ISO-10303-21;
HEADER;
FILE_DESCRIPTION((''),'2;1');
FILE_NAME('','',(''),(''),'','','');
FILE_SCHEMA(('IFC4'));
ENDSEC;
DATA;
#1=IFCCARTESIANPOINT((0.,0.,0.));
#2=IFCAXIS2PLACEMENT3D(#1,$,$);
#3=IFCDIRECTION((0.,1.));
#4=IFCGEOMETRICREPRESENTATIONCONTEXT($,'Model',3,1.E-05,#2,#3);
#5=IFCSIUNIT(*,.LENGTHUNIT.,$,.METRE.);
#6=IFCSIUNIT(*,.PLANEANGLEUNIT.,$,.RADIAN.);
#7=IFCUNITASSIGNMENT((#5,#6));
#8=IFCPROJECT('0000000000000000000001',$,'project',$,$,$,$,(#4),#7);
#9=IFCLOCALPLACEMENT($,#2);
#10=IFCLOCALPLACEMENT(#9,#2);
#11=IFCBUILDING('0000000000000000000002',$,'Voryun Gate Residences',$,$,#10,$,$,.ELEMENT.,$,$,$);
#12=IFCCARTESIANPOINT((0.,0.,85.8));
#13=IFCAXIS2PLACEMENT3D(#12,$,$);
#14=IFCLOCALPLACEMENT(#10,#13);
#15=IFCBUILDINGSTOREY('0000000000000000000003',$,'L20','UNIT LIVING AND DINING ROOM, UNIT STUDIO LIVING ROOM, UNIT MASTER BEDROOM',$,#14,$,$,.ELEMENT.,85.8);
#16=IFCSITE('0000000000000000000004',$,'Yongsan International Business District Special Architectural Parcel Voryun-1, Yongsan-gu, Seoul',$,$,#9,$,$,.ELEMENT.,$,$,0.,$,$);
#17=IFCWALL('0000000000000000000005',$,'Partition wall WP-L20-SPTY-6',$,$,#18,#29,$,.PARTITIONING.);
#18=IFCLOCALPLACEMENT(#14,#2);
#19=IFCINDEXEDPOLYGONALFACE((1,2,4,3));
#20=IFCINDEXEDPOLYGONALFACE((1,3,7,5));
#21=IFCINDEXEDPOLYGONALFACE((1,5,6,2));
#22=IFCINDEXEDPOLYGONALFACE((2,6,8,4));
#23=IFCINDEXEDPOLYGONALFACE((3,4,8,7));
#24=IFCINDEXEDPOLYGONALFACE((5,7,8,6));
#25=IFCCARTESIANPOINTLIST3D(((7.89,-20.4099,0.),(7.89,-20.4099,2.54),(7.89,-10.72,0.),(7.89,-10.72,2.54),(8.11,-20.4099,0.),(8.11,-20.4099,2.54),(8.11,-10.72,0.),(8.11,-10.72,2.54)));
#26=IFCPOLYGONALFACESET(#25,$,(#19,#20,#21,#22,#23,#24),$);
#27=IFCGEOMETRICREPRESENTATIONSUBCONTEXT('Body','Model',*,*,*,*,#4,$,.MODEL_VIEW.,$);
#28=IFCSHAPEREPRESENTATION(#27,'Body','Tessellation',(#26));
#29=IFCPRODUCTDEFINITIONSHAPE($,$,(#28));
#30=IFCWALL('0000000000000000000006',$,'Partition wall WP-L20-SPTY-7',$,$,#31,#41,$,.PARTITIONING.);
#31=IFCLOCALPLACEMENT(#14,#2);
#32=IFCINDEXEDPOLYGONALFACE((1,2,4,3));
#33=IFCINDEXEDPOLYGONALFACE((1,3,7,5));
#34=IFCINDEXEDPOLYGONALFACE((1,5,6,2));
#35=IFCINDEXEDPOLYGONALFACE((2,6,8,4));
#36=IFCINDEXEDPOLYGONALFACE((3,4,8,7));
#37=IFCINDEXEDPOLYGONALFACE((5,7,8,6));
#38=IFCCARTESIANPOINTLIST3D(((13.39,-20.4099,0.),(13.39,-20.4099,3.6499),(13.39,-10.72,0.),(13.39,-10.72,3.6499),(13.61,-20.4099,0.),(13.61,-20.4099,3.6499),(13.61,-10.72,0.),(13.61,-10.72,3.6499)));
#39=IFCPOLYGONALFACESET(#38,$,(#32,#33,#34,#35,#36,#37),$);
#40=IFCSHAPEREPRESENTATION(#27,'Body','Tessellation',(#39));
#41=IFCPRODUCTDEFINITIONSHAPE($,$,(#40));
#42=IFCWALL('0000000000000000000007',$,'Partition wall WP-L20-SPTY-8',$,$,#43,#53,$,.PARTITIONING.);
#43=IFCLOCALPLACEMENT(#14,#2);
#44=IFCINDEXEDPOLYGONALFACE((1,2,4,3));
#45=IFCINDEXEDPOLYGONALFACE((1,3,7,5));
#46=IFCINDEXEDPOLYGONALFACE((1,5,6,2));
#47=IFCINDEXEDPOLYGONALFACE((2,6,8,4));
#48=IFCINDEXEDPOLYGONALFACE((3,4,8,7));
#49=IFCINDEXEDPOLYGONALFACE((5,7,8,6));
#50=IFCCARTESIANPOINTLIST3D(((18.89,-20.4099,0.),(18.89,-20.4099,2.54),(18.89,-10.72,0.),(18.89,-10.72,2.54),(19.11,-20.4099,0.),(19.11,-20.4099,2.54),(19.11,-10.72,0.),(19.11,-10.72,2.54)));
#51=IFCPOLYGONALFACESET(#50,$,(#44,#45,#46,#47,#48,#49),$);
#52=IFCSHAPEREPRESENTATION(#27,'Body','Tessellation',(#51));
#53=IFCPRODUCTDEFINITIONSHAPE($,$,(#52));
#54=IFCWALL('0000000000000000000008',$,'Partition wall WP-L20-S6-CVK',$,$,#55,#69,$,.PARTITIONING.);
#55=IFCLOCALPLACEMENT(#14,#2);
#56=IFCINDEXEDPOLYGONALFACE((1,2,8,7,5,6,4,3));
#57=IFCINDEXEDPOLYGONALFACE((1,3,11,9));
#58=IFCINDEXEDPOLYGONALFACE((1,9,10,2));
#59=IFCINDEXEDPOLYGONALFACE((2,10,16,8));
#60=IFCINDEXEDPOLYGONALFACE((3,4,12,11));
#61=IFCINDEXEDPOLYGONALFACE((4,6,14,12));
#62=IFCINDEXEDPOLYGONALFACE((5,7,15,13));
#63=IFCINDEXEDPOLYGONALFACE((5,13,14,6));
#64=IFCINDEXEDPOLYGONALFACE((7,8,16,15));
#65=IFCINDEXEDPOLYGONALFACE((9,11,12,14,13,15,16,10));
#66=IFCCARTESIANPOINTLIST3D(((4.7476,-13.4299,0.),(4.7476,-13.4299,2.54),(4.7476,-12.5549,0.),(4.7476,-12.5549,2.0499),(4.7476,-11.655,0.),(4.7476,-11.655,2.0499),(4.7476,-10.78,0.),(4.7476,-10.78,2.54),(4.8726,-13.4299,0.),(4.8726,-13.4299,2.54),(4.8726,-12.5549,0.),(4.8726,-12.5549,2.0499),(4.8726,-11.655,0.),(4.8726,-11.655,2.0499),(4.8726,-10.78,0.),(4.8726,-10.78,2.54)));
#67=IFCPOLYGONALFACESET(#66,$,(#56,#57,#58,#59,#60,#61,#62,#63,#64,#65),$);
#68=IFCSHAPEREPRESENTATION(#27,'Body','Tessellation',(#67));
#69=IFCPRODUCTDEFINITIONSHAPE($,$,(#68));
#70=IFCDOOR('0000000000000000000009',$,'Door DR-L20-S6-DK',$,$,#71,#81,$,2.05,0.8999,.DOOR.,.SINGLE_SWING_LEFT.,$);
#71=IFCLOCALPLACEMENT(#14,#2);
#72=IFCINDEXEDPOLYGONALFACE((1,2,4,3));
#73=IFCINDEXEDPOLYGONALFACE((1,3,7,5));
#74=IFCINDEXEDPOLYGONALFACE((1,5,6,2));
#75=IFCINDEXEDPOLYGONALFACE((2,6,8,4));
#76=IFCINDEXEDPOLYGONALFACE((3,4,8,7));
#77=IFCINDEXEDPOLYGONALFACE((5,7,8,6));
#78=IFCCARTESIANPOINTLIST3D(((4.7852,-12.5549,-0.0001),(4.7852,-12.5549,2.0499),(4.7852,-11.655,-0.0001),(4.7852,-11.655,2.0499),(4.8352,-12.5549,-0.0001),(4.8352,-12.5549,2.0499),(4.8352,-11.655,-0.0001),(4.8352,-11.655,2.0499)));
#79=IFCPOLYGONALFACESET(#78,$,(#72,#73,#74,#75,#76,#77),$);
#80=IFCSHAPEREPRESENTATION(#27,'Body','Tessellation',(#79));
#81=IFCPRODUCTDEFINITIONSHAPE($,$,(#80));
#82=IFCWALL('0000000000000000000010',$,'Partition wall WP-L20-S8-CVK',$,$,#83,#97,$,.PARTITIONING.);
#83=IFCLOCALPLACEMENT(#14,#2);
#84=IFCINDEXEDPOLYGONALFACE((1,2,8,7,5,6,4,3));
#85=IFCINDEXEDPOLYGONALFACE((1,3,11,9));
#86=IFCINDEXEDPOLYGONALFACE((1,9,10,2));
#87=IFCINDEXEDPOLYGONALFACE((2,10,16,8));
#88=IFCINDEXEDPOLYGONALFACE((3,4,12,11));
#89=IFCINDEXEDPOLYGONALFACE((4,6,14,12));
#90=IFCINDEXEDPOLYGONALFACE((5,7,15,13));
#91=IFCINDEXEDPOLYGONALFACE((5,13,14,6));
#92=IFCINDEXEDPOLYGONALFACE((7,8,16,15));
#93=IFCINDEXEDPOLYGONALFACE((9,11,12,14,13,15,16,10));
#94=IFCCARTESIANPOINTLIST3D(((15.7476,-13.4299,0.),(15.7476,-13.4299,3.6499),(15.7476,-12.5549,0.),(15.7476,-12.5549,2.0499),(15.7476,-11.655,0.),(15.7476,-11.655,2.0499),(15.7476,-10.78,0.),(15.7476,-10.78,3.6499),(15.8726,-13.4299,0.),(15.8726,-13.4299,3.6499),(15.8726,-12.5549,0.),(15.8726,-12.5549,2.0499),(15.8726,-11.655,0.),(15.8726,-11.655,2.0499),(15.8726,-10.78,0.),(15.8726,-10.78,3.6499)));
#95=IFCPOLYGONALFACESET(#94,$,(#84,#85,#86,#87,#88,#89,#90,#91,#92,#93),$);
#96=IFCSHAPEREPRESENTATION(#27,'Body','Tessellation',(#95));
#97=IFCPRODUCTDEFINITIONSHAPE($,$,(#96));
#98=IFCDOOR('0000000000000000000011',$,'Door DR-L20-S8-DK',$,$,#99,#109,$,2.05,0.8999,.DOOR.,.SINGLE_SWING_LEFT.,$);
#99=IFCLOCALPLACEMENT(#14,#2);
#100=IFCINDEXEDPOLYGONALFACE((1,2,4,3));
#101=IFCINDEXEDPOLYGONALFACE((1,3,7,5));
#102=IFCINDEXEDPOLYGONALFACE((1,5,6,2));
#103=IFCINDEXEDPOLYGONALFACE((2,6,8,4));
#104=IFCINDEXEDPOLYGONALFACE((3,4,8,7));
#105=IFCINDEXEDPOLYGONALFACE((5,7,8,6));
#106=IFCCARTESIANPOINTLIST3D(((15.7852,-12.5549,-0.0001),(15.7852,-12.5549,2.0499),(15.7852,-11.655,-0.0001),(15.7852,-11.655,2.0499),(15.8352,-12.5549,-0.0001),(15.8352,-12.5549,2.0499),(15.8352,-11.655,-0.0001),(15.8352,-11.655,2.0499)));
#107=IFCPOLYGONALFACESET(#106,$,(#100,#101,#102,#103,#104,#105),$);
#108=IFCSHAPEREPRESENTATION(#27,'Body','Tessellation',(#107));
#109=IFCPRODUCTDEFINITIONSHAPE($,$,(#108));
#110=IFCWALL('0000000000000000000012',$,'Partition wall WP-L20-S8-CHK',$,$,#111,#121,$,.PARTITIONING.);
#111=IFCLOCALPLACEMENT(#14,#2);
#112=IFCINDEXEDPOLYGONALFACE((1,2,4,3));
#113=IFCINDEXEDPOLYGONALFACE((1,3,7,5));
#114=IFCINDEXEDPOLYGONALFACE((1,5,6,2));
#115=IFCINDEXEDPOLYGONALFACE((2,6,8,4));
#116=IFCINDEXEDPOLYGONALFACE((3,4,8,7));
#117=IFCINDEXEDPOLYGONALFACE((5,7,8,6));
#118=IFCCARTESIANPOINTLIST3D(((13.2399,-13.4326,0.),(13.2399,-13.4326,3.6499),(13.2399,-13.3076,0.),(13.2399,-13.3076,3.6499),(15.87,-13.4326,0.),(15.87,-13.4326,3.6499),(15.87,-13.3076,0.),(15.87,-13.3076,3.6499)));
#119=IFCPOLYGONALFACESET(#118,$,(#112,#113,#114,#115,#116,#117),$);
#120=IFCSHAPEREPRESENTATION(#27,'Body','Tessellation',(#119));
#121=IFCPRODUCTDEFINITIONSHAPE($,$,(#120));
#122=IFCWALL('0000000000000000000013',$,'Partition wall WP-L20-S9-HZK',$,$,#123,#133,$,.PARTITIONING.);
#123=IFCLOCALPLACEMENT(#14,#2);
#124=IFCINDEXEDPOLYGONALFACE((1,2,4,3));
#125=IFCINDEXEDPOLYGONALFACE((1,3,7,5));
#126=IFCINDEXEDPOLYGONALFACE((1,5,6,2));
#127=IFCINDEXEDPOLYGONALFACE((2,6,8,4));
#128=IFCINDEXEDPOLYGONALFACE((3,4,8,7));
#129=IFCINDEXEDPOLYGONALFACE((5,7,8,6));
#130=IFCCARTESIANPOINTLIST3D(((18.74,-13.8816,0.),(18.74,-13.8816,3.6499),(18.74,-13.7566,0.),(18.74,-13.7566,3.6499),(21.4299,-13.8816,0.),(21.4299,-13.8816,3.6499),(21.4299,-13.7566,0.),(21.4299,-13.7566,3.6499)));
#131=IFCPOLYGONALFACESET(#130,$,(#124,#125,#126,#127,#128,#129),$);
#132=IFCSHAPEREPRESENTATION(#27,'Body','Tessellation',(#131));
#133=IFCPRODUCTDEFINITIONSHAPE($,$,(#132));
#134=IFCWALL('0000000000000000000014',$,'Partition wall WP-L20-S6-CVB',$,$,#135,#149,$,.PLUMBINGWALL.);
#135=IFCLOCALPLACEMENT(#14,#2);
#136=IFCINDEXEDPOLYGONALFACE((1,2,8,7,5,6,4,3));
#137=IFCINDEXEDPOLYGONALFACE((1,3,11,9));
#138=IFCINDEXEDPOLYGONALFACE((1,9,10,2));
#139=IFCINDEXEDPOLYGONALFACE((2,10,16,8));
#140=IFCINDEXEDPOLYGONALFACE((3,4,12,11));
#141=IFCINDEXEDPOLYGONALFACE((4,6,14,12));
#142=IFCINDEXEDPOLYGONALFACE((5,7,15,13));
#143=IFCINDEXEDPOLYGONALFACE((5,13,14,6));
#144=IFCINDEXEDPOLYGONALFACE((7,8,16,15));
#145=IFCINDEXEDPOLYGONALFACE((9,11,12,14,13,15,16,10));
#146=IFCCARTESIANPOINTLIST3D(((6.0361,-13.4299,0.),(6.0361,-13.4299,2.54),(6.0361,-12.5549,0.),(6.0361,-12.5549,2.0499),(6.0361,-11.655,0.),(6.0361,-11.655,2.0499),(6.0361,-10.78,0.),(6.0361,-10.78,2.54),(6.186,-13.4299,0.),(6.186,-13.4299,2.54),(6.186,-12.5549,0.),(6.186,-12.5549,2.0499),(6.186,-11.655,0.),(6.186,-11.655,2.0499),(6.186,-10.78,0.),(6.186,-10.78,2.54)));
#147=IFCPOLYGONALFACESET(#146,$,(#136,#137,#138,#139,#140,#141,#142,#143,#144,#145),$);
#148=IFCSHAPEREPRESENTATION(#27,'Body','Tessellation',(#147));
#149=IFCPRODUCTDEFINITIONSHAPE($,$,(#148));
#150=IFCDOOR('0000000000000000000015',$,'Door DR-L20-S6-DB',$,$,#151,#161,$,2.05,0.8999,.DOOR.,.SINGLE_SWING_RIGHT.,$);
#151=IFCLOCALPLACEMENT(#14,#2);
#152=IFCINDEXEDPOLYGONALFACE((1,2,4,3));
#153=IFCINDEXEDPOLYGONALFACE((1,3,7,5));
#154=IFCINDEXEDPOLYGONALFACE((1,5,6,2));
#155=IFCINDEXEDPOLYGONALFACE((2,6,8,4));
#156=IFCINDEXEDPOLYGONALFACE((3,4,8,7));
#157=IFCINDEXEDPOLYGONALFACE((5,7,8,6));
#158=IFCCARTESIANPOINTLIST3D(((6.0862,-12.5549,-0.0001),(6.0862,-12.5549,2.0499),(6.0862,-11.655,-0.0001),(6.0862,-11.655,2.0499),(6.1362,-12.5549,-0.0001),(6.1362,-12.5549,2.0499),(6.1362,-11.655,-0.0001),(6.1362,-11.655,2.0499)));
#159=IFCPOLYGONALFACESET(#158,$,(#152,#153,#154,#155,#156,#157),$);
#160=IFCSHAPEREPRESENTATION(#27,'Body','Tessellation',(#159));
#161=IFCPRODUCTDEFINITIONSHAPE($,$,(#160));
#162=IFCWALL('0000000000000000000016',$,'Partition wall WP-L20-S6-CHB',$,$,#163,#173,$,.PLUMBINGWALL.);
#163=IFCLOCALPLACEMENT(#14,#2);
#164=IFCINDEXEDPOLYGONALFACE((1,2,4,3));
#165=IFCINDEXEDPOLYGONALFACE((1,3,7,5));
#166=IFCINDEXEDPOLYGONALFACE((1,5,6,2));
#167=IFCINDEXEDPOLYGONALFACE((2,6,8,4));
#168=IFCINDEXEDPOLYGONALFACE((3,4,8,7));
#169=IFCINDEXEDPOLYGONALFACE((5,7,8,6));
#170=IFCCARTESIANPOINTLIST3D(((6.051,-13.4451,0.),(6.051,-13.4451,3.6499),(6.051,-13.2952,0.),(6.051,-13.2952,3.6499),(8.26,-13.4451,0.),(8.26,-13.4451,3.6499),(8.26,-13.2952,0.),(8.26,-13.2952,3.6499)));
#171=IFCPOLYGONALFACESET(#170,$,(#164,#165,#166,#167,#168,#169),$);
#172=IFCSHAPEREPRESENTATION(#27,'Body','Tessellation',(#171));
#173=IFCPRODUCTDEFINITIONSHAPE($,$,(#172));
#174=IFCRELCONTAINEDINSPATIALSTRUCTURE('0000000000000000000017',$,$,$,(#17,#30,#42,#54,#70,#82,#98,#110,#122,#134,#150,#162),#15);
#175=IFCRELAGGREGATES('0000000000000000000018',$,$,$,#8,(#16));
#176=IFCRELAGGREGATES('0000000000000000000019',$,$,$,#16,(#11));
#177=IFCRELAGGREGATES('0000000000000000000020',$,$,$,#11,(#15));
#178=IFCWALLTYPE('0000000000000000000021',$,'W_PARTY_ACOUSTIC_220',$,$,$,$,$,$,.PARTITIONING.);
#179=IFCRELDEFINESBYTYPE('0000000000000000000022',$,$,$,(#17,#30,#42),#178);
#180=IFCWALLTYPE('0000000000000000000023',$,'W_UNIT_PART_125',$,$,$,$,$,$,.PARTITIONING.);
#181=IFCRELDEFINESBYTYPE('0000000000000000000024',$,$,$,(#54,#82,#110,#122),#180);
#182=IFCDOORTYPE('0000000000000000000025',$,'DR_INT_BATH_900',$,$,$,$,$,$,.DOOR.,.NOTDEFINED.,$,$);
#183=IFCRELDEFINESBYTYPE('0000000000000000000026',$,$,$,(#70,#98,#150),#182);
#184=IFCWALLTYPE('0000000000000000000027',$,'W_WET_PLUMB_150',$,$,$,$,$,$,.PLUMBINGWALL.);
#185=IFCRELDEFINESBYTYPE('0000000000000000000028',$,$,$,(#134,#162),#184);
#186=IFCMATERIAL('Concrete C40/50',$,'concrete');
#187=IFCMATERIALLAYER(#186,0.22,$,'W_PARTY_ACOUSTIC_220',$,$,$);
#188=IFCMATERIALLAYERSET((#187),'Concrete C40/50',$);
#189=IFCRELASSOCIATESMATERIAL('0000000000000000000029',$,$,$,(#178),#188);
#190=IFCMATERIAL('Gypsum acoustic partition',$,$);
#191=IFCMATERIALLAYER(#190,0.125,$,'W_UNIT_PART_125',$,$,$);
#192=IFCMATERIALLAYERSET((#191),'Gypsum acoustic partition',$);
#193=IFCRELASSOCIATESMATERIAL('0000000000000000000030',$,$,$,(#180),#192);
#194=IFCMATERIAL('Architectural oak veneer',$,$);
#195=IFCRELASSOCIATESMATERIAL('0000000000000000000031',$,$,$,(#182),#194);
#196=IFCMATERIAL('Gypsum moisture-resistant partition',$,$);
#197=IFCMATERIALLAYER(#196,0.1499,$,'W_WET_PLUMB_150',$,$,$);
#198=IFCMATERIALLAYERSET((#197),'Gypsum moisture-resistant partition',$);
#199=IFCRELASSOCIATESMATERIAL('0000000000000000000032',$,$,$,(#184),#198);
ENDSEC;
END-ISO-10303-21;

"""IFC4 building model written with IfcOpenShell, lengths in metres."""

from ifc_helpers import new_model, si_unit, direction, frame, frame_2d, origin, place, context, subcontext, project, spatial, rectangle, extrude, material, layer, layer_set, type_object, element, fill, save


model = new_model("IFC4")

# Units and contexts
model_context = context("Model", 3, precision=1e-05, world=origin(), true_north=direction((0.0, 1.0)))
body_context = subcontext(model_context, "Body", "Model", "MODEL_VIEW")
ifc_project = project(units=[si_unit("LENGTHUNIT", "METRE"), si_unit("PLANEANGLEUNIT", "RADIAN")], contexts=[model_context])

# Site, building, storey
site_placement = place(None, origin())
site = spatial("IfcSite", under=ifc_project, at=site_placement, Name="Yongsan International Business District Special Architectural Parcel Voryun-1, Yongsan-gu, Seoul", CompositionType="ELEMENT", RefElevation=0.0)
building_placement = place(site_placement, origin())
building = spatial("IfcBuilding", under=site, at=building_placement, Name="Voryun Gate Residences", CompositionType="ELEMENT")
storey_placement = place(building_placement, frame((0.0, 0.0, 85.8)))
storey = spatial("IfcBuildingStorey", under=building, at=storey_placement, Name="L20", Description="UNIT LIVING AND DINING ROOM, UNIT STUDIO LIVING ROOM, UNIT MASTER BEDROOM", CompositionType="ELEMENT", Elevation=85.8)

# Walls
ifc_material_1 = material(Name="Concrete C40/50", Category="concrete")
ifc_layer_1 = layer(ifc_material_1, 0.22, Name="W_PARTY_ACOUSTIC_220")
ifc_layer_set_1 = layer_set([ifc_layer_1], Name="Concrete C40/50")
wall_type_1 = type_object("IfcWallType", Name="W_PARTY_ACOUSTIC_220", PredefinedType="PARTITIONING", material=ifc_layer_set_1)
wall_1_placement = place(storey_placement, frame((8.0, -20.4099, 0.0), z_axis=(0.0, 0.0, 1.0), x_axis=(0.0, 1.0, 0.0)))
element("IfcWall", 1, at=wall_1_placement, inside=storey, type_object=wall_type_1, Name="Partition wall WP-L20-SPTY-6", PredefinedType="PARTITIONING", context=body_context, shape_type="SweptSolid", body=[
    extrude(rectangle(XDim=9.6899, YDim=0.22, at=frame_2d((4.845, 0.0))), origin(), (0.0, 0.0, 1.0), 2.54),
])
wall_2_placement = place(storey_placement, frame((13.5, -20.4099, 0.0), z_axis=(0.0, 0.0, 1.0), x_axis=(0.0, 1.0, 0.0)))
element("IfcWall", 2, at=wall_2_placement, inside=storey, type_object=wall_type_1, Name="Partition wall WP-L20-SPTY-7", PredefinedType="PARTITIONING", context=body_context, shape_type="SweptSolid", body=[
    extrude(rectangle(XDim=9.6899, YDim=0.22, at=frame_2d((4.845, 0.0))), origin(), (0.0, 0.0, 1.0), 3.6499),
])
wall_3_placement = place(storey_placement, frame((19.0, -20.4099, 0.0), z_axis=(0.0, 0.0, 1.0), x_axis=(0.0, 1.0, 0.0)))
element("IfcWall", 3, at=wall_3_placement, inside=storey, type_object=wall_type_1, Name="Partition wall WP-L20-SPTY-8", PredefinedType="PARTITIONING", context=body_context, shape_type="SweptSolid", body=[
    extrude(rectangle(XDim=9.6899, YDim=0.22, at=frame_2d((4.845, 0.0))), origin(), (0.0, 0.0, 1.0), 2.54),
])

# Walls, openings, doors
ifc_material_2 = material(Name="Gypsum acoustic partition")
ifc_layer_2 = layer(ifc_material_2, 0.125, Name="W_UNIT_PART_125")
ifc_layer_set_2 = layer_set([ifc_layer_2], Name="Gypsum acoustic partition")
wall_type_2 = type_object("IfcWallType", Name="W_UNIT_PART_125", PredefinedType="PARTITIONING", material=ifc_layer_set_2)
wall_4_placement = place(storey_placement, frame((4.8101, -13.4299, 0.0), z_axis=(0.0, 0.0, 1.0), x_axis=(0.0, 1.0, 0.0)))
wall_4 = element("IfcWall", 4, at=wall_4_placement, inside=storey, type_object=wall_type_2, Name="Partition wall WP-L20-S6-CVK", PredefinedType="PARTITIONING", context=body_context, shape_type="SweptSolid", body=[
    extrude(rectangle(XDim=2.6499, YDim=0.125, at=frame_2d((1.325, 0.0))), origin(), (0.0, 0.0, 1.0), 2.54),
])
opening_1_placement = place(wall_4_placement, frame((0.875, 0.0, 0.0)))
opening_1 = element("IfcOpeningElement", 5, at=opening_1_placement, cuts=wall_4, PredefinedType="OPENING", context=body_context, shape_type="SweptSolid", body=[
    extrude(rectangle(XDim=0.8999, YDim=2.05, at=frame_2d((0.45, 1.0249))), frame((0.0, 0.0725, 0.0), z_axis=(0.0, -1.0, 0.0), x_axis=(1.0, 0.0, 0.0)), (0.0, 0.0, 1.0), 0.145),
])
ifc_material_3 = material(Name="Architectural oak veneer")
door_type_1 = type_object("IfcDoorType", Name="DR_INT_BATH_900", OperationType="NOTDEFINED", PredefinedType="DOOR", material=ifc_material_3)
door_1_placement = place(opening_1_placement, origin())
door_1 = element("IfcDoor", 6, at=door_1_placement, inside=storey, type_object=door_type_1, Name="Door DR-L20-S6-DK", OperationType="SINGLE_SWING_LEFT", OverallHeight=2.05, OverallWidth=0.8999, PredefinedType="DOOR", context=body_context, shape_type="SweptSolid", body=[
    extrude(rectangle(XDim=0.8999, YDim=2.05, at=frame_2d((0.45, 1.0249))), frame((0.0, 0.0249, 0.0), z_axis=(0.0, -1.0, 0.0), x_axis=(1.0, 0.0, 0.0)), (0.0, 0.0, 1.0), 0.05),
])
fill(opening_1, door_1)
wall_5_placement = place(storey_placement, frame((15.8101, -13.4299, 0.0), z_axis=(0.0, 0.0, 1.0), x_axis=(0.0, 1.0, 0.0)))
wall_5 = element("IfcWall", 7, at=wall_5_placement, inside=storey, type_object=wall_type_2, Name="Partition wall WP-L20-S8-CVK", PredefinedType="PARTITIONING", context=body_context, shape_type="SweptSolid", body=[
    extrude(rectangle(XDim=2.6499, YDim=0.125, at=frame_2d((1.325, 0.0))), origin(), (0.0, 0.0, 1.0), 3.6499),
])
opening_2_placement = place(wall_5_placement, frame((0.875, 0.0, 0.0)))
opening_2 = element("IfcOpeningElement", 8, at=opening_2_placement, cuts=wall_5, PredefinedType="OPENING", context=body_context, shape_type="SweptSolid", body=[
    extrude(rectangle(XDim=0.8999, YDim=2.05, at=frame_2d((0.45, 1.0249))), frame((0.0, 0.0725, 0.0), z_axis=(0.0, -1.0, 0.0), x_axis=(1.0, 0.0, 0.0)), (0.0, 0.0, 1.0), 0.145),
])
door_2_placement = place(opening_2_placement, origin())
door_2 = element("IfcDoor", 9, at=door_2_placement, inside=storey, type_object=door_type_1, Name="Door DR-L20-S8-DK", OperationType="SINGLE_SWING_LEFT", OverallHeight=2.05, OverallWidth=0.8999, PredefinedType="DOOR", context=body_context, shape_type="SweptSolid", body=[
    extrude(rectangle(XDim=0.8999, YDim=2.05, at=frame_2d((0.45, 1.0249))), frame((0.0, 0.0249, 0.0), z_axis=(0.0, -1.0, 0.0), x_axis=(1.0, 0.0, 0.0)), (0.0, 0.0, 1.0), 0.05),
])
fill(opening_2, door_2)

# Walls
wall_6_placement = place(storey_placement, frame((13.24, -13.3701, 0.0), z_axis=(0.0, 0.0, 1.0), x_axis=(1.0, 0.0, 0.0)))
element("IfcWall", 10, at=wall_6_placement, inside=storey, type_object=wall_type_2, Name="Partition wall WP-L20-S8-CHK", PredefinedType="PARTITIONING", context=body_context, shape_type="SweptSolid", body=[
    extrude(rectangle(XDim=2.6301, YDim=0.125, at=frame_2d((1.3149, 0.0))), origin(), (0.0, 0.0, 1.0), 3.6499),
])
wall_7_placement = place(storey_placement, frame((18.74, -13.8191, 0.0), z_axis=(0.0, 0.0, 1.0), x_axis=(1.0, 0.0, 0.0)))
element("IfcWall", 11, at=wall_7_placement, inside=storey, type_object=wall_type_2, Name="Partition wall WP-L20-S9-HZK", PredefinedType="PARTITIONING", context=body_context, shape_type="SweptSolid", body=[
    extrude(rectangle(XDim=2.6899, YDim=0.125, at=frame_2d((1.345, 0.0))), origin(), (0.0, 0.0, 1.0), 3.6499),
])

# Wall, opening, door
ifc_material_4 = material(Name="Gypsum moisture-resistant partition")
ifc_layer_3 = layer(ifc_material_4, 0.1499, Name="W_WET_PLUMB_150")
ifc_layer_set_3 = layer_set([ifc_layer_3], Name="Gypsum moisture-resistant partition")
wall_type_3 = type_object("IfcWallType", Name="W_WET_PLUMB_150", PredefinedType="PLUMBINGWALL", material=ifc_layer_set_3)
wall_8_placement = place(storey_placement, frame((6.1111, -13.4299, 0.0), z_axis=(0.0, 0.0, 1.0), x_axis=(0.0, 1.0, 0.0)))
wall_8 = element("IfcWall", 12, at=wall_8_placement, inside=storey, type_object=wall_type_3, Name="Partition wall WP-L20-S6-CVB", PredefinedType="PLUMBINGWALL", context=body_context, shape_type="SweptSolid", body=[
    extrude(rectangle(XDim=2.6499, YDim=0.1499, at=frame_2d((1.325, 0.0))), origin(), (0.0, 0.0, 1.0), 2.54),
])
opening_3_placement = place(wall_8_placement, frame((0.875, 0.0, 0.0)))
opening_3 = element("IfcOpeningElement", 13, at=opening_3_placement, cuts=wall_8, PredefinedType="OPENING", context=body_context, shape_type="SweptSolid", body=[
    extrude(rectangle(XDim=0.8999, YDim=2.05, at=frame_2d((0.45, 1.0249))), frame((0.0, 0.085, 0.0), z_axis=(0.0, -1.0, 0.0), x_axis=(1.0, 0.0, 0.0)), (0.0, 0.0, 1.0), 0.1699),
])
door_3_placement = place(opening_3_placement, origin())
door_3 = element("IfcDoor", 14, at=door_3_placement, inside=storey, type_object=door_type_1, Name="Door DR-L20-S6-DB", OperationType="SINGLE_SWING_RIGHT", OverallHeight=2.05, OverallWidth=0.8999, PredefinedType="DOOR", context=body_context, shape_type="SweptSolid", body=[
    extrude(rectangle(XDim=0.8999, YDim=2.05, at=frame_2d((0.45, 1.0249))), frame((0.0, 0.0249, 0.0), z_axis=(0.0, -1.0, 0.0), x_axis=(1.0, 0.0, 0.0)), (0.0, 0.0, 1.0), 0.05),
])
fill(opening_3, door_3)

# Wall
wall_9_placement = place(storey_placement, frame((6.051, -13.3701, 0.0), z_axis=(0.0, 0.0, 1.0), x_axis=(1.0, 0.0, 0.0)))
element("IfcWall", 15, at=wall_9_placement, inside=storey, type_object=wall_type_3, Name="Partition wall WP-L20-S6-CHB", PredefinedType="PLUMBINGWALL", context=body_context, shape_type="SweptSolid", body=[
    extrude(rectangle(XDim=2.209, YDim=0.1499, at=frame_2d((1.1045, 0.0))), origin(), (0.0, 0.0, 1.0), 3.6499),
])

save(model, "model.ifc")
